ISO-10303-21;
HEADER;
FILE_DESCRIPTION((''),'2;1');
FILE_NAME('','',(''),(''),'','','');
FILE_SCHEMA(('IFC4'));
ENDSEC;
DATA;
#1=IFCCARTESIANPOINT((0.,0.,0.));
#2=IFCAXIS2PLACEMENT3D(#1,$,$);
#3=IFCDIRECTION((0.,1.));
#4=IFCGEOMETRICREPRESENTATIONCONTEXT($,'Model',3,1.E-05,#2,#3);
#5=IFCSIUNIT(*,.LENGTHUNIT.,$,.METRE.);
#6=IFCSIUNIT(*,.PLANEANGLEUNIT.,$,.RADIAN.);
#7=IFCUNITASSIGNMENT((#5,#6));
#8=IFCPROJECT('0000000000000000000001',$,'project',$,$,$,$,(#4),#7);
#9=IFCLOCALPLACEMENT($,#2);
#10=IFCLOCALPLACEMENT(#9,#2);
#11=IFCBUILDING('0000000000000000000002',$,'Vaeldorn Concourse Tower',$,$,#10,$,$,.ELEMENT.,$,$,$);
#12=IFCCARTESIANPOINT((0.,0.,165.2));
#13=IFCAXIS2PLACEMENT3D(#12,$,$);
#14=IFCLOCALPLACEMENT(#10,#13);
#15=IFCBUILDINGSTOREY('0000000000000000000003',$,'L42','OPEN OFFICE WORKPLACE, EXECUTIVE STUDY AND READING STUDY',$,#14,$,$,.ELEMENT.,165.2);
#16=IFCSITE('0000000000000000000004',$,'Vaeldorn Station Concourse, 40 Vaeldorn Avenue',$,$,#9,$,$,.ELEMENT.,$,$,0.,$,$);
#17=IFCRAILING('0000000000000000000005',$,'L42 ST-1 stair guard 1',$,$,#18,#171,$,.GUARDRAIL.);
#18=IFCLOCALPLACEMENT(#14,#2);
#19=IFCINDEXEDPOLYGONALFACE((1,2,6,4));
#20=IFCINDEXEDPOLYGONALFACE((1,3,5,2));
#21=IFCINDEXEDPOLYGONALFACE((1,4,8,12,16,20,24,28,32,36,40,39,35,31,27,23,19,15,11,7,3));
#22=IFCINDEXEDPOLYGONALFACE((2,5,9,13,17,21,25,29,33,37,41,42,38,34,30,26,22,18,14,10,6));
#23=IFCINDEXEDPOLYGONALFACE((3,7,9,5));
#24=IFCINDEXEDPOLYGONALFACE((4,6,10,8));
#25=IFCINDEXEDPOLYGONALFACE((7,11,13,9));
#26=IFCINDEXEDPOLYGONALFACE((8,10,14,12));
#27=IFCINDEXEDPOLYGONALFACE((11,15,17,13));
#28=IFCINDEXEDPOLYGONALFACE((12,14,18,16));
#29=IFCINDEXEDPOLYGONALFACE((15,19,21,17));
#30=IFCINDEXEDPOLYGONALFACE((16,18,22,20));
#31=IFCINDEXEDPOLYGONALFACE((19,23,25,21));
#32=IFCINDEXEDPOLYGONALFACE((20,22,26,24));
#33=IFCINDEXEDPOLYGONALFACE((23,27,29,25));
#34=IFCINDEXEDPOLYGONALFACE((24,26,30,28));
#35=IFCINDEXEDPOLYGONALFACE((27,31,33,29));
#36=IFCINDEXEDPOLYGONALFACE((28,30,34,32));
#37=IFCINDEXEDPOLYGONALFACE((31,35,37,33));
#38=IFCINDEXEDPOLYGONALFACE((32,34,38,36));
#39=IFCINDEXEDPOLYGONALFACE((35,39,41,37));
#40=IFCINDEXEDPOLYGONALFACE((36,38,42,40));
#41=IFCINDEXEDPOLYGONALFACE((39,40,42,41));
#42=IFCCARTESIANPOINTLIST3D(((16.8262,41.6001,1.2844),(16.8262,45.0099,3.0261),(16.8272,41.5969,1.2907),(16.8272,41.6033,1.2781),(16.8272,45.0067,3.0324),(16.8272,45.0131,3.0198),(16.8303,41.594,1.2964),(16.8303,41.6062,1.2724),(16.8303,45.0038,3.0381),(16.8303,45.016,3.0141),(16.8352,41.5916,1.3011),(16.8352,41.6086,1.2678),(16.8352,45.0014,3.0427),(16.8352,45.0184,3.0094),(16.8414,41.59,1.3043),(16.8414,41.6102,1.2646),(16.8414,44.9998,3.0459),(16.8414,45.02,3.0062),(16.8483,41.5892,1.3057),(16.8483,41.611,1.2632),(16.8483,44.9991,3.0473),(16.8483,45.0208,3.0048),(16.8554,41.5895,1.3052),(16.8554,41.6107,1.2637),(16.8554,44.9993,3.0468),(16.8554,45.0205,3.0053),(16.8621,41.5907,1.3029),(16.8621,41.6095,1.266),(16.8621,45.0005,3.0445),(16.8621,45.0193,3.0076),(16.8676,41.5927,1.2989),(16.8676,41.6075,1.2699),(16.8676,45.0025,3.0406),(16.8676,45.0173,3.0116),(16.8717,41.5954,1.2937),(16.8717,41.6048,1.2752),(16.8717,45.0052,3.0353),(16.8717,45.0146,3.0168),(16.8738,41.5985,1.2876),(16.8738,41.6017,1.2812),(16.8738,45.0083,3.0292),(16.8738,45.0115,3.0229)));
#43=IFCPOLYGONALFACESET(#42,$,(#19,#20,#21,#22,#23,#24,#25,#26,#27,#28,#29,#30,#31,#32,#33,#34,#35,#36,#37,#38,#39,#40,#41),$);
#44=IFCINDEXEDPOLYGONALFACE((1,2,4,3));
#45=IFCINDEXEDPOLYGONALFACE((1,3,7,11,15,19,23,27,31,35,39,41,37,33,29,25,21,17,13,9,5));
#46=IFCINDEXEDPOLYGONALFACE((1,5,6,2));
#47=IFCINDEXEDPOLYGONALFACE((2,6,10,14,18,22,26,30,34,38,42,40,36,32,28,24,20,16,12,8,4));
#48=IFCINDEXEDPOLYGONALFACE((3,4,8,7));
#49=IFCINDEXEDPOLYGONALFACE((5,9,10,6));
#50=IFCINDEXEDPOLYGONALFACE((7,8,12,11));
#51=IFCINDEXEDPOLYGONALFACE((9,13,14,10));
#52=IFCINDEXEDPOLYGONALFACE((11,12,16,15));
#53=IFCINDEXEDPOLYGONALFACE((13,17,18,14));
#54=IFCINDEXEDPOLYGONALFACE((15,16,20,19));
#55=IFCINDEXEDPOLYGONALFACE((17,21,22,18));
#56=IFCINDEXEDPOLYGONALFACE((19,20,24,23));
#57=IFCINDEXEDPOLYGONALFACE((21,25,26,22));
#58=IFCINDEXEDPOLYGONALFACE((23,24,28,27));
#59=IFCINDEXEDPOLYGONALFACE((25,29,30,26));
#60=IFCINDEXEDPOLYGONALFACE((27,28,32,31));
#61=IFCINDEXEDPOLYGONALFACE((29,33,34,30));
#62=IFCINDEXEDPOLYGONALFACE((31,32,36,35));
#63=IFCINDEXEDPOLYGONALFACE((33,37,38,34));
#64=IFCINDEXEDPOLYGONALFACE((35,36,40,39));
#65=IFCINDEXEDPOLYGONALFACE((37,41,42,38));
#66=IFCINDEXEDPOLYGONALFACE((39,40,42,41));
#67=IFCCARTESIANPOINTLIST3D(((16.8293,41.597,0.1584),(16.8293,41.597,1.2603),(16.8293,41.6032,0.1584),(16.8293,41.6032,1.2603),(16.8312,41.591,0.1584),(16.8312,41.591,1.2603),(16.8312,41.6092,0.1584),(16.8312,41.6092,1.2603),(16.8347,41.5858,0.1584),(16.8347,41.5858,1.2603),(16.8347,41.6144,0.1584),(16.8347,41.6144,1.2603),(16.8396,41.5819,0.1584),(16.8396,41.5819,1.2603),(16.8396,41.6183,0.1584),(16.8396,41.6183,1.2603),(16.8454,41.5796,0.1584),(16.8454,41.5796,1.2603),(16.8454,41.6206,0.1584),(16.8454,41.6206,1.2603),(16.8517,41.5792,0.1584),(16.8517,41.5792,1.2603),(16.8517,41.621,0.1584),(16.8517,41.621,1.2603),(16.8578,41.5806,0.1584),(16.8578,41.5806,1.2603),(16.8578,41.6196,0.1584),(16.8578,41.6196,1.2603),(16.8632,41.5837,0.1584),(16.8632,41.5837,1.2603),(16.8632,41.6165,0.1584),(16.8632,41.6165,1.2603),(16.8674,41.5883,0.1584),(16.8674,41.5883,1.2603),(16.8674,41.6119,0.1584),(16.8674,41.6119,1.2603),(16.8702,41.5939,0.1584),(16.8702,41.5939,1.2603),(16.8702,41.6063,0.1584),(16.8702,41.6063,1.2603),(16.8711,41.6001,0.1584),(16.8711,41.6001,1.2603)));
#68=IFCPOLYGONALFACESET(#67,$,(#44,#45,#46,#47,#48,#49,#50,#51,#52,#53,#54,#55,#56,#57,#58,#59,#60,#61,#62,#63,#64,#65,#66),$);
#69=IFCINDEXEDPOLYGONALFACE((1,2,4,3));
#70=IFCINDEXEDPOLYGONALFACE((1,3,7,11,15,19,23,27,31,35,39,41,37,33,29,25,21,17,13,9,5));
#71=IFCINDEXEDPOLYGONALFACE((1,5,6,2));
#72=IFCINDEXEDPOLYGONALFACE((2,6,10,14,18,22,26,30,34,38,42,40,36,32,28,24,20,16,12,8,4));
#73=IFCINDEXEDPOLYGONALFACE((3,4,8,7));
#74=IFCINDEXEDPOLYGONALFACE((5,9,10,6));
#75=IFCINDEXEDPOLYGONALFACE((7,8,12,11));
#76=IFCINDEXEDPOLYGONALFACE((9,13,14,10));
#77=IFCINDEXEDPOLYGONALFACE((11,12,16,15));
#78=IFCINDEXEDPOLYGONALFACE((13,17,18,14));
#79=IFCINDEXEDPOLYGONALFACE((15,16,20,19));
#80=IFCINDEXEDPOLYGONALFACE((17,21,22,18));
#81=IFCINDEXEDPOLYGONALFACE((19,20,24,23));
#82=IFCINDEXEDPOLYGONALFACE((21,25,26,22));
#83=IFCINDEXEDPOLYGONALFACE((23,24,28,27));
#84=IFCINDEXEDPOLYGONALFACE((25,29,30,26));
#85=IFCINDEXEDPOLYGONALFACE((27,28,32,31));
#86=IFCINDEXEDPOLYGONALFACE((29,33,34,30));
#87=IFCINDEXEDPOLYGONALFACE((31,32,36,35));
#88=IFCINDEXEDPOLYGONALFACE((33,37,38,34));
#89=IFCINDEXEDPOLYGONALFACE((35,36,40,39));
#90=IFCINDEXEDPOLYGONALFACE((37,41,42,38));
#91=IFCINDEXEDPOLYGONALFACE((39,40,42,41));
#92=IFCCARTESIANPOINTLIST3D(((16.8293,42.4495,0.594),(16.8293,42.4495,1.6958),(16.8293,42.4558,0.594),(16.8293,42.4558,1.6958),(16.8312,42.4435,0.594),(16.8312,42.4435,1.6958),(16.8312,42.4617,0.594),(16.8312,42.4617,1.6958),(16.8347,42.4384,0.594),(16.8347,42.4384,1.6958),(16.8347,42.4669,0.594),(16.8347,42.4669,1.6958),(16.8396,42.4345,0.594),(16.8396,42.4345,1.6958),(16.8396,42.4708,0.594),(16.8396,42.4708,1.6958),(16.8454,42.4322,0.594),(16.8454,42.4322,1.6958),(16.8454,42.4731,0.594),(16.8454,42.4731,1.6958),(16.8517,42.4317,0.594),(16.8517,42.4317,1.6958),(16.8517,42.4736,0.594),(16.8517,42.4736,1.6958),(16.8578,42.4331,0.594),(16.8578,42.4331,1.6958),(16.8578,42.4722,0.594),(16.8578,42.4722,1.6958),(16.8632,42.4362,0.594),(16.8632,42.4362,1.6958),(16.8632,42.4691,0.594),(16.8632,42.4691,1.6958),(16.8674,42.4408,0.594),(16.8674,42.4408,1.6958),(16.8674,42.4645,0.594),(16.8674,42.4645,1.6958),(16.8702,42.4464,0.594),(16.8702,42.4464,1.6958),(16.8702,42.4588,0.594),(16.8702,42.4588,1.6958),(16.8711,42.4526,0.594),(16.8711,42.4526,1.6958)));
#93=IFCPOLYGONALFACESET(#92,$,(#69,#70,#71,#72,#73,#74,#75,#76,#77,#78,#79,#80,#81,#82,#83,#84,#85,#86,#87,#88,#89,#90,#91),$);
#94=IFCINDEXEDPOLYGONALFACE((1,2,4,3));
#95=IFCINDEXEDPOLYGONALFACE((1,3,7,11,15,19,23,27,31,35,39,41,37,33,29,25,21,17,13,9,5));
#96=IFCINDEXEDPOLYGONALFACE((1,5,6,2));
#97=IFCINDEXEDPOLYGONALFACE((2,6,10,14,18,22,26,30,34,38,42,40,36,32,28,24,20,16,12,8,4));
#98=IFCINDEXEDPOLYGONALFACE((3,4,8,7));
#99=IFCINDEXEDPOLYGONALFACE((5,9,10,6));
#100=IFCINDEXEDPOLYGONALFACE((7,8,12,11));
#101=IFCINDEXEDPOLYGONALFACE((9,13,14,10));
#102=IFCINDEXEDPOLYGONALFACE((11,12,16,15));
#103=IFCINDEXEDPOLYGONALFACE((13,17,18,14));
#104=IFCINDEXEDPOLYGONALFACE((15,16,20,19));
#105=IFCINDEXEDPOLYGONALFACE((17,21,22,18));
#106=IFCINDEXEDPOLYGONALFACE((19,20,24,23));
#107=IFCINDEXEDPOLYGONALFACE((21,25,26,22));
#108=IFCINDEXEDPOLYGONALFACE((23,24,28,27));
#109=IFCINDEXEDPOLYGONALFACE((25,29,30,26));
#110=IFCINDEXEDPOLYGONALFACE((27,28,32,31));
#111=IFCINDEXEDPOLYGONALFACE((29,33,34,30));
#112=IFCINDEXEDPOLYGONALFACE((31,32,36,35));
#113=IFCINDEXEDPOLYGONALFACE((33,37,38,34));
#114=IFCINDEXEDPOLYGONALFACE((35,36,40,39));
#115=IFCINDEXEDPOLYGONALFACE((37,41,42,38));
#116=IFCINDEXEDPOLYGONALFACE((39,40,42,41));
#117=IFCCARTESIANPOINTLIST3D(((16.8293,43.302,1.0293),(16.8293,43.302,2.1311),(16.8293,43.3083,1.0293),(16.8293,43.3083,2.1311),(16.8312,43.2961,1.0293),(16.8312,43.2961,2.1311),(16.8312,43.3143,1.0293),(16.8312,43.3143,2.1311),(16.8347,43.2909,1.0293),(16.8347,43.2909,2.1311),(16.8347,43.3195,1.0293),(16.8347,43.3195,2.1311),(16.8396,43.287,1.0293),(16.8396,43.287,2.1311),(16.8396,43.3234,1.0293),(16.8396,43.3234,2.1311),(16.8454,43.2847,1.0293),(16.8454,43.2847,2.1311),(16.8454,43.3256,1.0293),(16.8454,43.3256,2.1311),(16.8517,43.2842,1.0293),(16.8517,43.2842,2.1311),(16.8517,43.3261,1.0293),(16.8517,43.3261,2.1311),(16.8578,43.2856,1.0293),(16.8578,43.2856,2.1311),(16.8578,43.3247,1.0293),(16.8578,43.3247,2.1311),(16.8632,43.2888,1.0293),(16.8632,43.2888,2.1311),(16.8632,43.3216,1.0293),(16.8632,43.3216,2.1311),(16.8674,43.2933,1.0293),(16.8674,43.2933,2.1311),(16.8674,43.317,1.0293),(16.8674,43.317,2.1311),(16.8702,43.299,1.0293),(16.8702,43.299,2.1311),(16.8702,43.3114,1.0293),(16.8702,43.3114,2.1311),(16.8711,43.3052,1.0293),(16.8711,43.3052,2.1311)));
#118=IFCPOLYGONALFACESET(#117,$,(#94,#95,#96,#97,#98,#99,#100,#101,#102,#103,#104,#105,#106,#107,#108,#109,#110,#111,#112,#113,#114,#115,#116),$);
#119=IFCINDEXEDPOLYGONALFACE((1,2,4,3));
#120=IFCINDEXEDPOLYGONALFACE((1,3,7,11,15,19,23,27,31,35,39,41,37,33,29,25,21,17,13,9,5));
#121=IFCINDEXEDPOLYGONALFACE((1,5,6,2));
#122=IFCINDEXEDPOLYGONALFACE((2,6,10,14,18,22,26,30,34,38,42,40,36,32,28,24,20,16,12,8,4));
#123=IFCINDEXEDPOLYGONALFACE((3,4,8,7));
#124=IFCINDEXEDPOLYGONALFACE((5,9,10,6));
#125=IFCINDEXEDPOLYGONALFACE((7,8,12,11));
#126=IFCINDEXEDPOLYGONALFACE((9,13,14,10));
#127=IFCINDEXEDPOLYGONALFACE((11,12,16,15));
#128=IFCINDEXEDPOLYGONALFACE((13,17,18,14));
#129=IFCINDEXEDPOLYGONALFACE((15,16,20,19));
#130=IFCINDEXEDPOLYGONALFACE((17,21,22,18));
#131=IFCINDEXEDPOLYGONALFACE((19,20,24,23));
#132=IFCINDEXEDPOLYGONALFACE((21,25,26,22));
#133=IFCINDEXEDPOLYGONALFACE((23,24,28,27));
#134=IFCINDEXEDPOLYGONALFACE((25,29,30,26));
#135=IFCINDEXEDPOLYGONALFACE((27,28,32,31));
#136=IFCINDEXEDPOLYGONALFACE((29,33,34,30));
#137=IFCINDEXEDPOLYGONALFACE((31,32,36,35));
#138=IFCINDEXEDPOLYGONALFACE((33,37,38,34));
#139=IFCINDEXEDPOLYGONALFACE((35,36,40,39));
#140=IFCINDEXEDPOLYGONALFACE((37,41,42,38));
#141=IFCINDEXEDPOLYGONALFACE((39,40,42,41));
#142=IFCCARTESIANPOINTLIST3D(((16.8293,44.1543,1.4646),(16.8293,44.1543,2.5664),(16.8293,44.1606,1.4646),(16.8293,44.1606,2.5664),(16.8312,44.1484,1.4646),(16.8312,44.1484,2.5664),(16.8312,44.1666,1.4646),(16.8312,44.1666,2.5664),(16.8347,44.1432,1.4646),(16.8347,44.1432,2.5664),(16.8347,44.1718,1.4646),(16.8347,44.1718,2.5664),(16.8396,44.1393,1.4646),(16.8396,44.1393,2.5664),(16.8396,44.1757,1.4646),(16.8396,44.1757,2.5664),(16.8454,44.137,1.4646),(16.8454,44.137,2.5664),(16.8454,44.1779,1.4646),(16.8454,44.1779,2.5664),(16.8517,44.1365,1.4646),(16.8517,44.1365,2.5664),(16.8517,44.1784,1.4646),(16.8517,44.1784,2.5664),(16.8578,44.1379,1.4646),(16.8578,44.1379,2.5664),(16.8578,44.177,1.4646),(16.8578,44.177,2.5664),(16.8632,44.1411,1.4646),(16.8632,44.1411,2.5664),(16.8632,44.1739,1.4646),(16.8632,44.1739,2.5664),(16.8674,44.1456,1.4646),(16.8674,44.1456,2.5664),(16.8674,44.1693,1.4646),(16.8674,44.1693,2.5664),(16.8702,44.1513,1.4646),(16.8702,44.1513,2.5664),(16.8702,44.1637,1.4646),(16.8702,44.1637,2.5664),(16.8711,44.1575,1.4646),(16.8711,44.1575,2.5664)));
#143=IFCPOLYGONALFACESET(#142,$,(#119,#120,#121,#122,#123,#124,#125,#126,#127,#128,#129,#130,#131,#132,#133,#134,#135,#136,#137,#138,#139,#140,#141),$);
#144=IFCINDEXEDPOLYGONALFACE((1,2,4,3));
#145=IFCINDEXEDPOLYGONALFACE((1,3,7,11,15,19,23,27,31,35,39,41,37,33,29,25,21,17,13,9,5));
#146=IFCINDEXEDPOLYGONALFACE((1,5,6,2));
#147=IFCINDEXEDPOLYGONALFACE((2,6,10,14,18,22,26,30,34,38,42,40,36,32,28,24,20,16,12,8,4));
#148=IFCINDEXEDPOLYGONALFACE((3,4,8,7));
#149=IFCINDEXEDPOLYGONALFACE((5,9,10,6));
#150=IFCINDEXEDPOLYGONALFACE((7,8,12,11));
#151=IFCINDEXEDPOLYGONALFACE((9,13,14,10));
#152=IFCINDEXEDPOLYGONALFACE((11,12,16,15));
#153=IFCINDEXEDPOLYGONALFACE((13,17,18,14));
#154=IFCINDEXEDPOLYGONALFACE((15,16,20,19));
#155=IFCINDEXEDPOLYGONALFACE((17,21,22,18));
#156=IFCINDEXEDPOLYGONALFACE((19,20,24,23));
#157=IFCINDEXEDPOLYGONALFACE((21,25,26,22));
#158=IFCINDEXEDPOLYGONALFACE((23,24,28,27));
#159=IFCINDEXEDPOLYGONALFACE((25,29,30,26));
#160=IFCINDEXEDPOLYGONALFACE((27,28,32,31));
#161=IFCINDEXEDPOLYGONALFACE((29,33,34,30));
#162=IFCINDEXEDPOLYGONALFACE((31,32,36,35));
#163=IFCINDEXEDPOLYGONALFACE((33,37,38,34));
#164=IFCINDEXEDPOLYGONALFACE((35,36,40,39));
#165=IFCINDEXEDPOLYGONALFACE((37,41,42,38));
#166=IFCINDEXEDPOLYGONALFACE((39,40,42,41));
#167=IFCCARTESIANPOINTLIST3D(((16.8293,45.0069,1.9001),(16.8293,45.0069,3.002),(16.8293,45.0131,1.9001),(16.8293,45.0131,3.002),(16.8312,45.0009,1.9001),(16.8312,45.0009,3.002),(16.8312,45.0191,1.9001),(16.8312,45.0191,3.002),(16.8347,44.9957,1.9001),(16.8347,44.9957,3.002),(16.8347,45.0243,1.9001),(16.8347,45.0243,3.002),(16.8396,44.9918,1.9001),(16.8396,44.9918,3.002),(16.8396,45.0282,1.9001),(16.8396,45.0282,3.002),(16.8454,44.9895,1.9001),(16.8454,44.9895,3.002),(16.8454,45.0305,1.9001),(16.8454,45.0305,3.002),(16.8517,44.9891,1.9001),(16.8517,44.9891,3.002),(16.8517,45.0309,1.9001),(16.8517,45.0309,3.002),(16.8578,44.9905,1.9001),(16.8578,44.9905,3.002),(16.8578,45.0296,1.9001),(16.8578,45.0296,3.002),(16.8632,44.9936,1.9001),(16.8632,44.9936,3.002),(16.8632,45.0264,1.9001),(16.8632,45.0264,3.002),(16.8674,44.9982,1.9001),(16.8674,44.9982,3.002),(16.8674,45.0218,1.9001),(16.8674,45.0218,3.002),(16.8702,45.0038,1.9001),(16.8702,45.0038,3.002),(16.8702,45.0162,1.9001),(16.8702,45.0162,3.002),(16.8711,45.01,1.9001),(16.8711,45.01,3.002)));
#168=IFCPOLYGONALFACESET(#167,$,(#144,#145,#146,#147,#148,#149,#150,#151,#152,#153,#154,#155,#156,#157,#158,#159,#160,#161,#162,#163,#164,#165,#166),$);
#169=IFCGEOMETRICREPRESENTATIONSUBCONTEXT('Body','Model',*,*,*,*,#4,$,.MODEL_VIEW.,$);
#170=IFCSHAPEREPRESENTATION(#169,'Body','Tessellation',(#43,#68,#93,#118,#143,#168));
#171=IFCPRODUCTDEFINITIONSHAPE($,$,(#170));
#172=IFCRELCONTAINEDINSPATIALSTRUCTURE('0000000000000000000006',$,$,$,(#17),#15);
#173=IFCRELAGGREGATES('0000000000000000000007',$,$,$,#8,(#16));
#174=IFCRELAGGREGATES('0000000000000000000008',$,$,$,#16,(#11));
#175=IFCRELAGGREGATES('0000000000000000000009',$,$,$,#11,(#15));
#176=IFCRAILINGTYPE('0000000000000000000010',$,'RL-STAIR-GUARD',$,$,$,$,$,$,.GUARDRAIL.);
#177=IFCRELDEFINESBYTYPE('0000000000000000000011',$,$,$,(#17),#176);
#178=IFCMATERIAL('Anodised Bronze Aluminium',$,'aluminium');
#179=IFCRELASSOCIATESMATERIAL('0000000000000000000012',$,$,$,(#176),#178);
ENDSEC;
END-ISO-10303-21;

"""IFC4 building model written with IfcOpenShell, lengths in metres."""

from ifc_helpers import new_model, si_unit, direction, frame, origin, origin_2d, place, context, subcontext, project, spatial, circle, extrude, material, type_object, element, save


model = new_model("IFC4")

# Units and contexts
model_context = context("Model", 3, precision=1e-05, world=origin(), true_north=direction((0.0, 1.0)))
body_context = subcontext(model_context, "Body", "Model", "MODEL_VIEW")
ifc_project = project(units=[si_unit("LENGTHUNIT", "METRE"), si_unit("PLANEANGLEUNIT", "RADIAN")], contexts=[model_context])

# Site, building, storey
site_placement = place(None, origin())
site = spatial("IfcSite", under=ifc_project, at=site_placement, Name="Vaeldorn Station Concourse, 40 Vaeldorn Avenue", CompositionType="ELEMENT", RefElevation=0.0)
building_placement = place(site_placement, origin())
building = spatial("IfcBuilding", under=site, at=building_placement, Name="Vaeldorn Concourse Tower", CompositionType="ELEMENT")
storey_placement = place(building_placement, frame((0.0, 0.0, 165.2)))
storey = spatial("IfcBuildingStorey", under=building, at=storey_placement, Name="L42", Description="OPEN OFFICE WORKPLACE, EXECUTIVE STUDY AND READING STUDY", CompositionType="ELEMENT", Elevation=165.2)

# Shared definitions
ifc_material_1 = material(Name="Anodised Bronze Aluminium", Category="aluminium")

# Railing
railing_type_1 = type_object("IfcRailingType", Name="RL-STAIR-GUARD", PredefinedType="GUARDRAIL", material=ifc_material_1)
railing_1_placement = place(storey_placement, frame((16.8501, 41.6001, 0.1584)))
element("IfcRailing", 1, at=railing_1_placement, inside=storey, type_object=railing_type_1, Name="L42 ST-1 stair guard 1", PredefinedType="GUARDRAIL", context=body_context, shape_type="SweptSolid", body=[
    extrude(circle(Radius=0.0239, at=origin_2d()), frame((0.0, 0.0, 1.126), z_axis=(0.0, 0.890556, 0.454874), x_axis=(-1.0, 0.0, 0.0)), (0.0, 0.0, 1.0), 3.8289),
    extrude(circle(Radius=0.021, at=origin_2d()), origin(), (0.0, 0.0, 1.0), 1.1018),
    extrude(circle(Radius=0.021, at=origin_2d()), frame((0.0, 0.8525, 0.4355)), (0.0, 0.0, 1.0), 1.1018),
    extrude(circle(Radius=0.021, at=origin_2d()), frame((0.0, 1.7051, 0.8708)), (0.0, 0.0, 1.0), 1.1018),
    extrude(circle(Radius=0.021, at=origin_2d()), frame((0.0, 2.5574, 1.3062)), (0.0, 0.0, 1.0), 1.1018),
    extrude(circle(Radius=0.021, at=origin_2d()), frame((0.0, 3.4099, 1.7417)), (0.0, 0.0, 1.0), 1.1018),
])

save(model, "model.ifc")
